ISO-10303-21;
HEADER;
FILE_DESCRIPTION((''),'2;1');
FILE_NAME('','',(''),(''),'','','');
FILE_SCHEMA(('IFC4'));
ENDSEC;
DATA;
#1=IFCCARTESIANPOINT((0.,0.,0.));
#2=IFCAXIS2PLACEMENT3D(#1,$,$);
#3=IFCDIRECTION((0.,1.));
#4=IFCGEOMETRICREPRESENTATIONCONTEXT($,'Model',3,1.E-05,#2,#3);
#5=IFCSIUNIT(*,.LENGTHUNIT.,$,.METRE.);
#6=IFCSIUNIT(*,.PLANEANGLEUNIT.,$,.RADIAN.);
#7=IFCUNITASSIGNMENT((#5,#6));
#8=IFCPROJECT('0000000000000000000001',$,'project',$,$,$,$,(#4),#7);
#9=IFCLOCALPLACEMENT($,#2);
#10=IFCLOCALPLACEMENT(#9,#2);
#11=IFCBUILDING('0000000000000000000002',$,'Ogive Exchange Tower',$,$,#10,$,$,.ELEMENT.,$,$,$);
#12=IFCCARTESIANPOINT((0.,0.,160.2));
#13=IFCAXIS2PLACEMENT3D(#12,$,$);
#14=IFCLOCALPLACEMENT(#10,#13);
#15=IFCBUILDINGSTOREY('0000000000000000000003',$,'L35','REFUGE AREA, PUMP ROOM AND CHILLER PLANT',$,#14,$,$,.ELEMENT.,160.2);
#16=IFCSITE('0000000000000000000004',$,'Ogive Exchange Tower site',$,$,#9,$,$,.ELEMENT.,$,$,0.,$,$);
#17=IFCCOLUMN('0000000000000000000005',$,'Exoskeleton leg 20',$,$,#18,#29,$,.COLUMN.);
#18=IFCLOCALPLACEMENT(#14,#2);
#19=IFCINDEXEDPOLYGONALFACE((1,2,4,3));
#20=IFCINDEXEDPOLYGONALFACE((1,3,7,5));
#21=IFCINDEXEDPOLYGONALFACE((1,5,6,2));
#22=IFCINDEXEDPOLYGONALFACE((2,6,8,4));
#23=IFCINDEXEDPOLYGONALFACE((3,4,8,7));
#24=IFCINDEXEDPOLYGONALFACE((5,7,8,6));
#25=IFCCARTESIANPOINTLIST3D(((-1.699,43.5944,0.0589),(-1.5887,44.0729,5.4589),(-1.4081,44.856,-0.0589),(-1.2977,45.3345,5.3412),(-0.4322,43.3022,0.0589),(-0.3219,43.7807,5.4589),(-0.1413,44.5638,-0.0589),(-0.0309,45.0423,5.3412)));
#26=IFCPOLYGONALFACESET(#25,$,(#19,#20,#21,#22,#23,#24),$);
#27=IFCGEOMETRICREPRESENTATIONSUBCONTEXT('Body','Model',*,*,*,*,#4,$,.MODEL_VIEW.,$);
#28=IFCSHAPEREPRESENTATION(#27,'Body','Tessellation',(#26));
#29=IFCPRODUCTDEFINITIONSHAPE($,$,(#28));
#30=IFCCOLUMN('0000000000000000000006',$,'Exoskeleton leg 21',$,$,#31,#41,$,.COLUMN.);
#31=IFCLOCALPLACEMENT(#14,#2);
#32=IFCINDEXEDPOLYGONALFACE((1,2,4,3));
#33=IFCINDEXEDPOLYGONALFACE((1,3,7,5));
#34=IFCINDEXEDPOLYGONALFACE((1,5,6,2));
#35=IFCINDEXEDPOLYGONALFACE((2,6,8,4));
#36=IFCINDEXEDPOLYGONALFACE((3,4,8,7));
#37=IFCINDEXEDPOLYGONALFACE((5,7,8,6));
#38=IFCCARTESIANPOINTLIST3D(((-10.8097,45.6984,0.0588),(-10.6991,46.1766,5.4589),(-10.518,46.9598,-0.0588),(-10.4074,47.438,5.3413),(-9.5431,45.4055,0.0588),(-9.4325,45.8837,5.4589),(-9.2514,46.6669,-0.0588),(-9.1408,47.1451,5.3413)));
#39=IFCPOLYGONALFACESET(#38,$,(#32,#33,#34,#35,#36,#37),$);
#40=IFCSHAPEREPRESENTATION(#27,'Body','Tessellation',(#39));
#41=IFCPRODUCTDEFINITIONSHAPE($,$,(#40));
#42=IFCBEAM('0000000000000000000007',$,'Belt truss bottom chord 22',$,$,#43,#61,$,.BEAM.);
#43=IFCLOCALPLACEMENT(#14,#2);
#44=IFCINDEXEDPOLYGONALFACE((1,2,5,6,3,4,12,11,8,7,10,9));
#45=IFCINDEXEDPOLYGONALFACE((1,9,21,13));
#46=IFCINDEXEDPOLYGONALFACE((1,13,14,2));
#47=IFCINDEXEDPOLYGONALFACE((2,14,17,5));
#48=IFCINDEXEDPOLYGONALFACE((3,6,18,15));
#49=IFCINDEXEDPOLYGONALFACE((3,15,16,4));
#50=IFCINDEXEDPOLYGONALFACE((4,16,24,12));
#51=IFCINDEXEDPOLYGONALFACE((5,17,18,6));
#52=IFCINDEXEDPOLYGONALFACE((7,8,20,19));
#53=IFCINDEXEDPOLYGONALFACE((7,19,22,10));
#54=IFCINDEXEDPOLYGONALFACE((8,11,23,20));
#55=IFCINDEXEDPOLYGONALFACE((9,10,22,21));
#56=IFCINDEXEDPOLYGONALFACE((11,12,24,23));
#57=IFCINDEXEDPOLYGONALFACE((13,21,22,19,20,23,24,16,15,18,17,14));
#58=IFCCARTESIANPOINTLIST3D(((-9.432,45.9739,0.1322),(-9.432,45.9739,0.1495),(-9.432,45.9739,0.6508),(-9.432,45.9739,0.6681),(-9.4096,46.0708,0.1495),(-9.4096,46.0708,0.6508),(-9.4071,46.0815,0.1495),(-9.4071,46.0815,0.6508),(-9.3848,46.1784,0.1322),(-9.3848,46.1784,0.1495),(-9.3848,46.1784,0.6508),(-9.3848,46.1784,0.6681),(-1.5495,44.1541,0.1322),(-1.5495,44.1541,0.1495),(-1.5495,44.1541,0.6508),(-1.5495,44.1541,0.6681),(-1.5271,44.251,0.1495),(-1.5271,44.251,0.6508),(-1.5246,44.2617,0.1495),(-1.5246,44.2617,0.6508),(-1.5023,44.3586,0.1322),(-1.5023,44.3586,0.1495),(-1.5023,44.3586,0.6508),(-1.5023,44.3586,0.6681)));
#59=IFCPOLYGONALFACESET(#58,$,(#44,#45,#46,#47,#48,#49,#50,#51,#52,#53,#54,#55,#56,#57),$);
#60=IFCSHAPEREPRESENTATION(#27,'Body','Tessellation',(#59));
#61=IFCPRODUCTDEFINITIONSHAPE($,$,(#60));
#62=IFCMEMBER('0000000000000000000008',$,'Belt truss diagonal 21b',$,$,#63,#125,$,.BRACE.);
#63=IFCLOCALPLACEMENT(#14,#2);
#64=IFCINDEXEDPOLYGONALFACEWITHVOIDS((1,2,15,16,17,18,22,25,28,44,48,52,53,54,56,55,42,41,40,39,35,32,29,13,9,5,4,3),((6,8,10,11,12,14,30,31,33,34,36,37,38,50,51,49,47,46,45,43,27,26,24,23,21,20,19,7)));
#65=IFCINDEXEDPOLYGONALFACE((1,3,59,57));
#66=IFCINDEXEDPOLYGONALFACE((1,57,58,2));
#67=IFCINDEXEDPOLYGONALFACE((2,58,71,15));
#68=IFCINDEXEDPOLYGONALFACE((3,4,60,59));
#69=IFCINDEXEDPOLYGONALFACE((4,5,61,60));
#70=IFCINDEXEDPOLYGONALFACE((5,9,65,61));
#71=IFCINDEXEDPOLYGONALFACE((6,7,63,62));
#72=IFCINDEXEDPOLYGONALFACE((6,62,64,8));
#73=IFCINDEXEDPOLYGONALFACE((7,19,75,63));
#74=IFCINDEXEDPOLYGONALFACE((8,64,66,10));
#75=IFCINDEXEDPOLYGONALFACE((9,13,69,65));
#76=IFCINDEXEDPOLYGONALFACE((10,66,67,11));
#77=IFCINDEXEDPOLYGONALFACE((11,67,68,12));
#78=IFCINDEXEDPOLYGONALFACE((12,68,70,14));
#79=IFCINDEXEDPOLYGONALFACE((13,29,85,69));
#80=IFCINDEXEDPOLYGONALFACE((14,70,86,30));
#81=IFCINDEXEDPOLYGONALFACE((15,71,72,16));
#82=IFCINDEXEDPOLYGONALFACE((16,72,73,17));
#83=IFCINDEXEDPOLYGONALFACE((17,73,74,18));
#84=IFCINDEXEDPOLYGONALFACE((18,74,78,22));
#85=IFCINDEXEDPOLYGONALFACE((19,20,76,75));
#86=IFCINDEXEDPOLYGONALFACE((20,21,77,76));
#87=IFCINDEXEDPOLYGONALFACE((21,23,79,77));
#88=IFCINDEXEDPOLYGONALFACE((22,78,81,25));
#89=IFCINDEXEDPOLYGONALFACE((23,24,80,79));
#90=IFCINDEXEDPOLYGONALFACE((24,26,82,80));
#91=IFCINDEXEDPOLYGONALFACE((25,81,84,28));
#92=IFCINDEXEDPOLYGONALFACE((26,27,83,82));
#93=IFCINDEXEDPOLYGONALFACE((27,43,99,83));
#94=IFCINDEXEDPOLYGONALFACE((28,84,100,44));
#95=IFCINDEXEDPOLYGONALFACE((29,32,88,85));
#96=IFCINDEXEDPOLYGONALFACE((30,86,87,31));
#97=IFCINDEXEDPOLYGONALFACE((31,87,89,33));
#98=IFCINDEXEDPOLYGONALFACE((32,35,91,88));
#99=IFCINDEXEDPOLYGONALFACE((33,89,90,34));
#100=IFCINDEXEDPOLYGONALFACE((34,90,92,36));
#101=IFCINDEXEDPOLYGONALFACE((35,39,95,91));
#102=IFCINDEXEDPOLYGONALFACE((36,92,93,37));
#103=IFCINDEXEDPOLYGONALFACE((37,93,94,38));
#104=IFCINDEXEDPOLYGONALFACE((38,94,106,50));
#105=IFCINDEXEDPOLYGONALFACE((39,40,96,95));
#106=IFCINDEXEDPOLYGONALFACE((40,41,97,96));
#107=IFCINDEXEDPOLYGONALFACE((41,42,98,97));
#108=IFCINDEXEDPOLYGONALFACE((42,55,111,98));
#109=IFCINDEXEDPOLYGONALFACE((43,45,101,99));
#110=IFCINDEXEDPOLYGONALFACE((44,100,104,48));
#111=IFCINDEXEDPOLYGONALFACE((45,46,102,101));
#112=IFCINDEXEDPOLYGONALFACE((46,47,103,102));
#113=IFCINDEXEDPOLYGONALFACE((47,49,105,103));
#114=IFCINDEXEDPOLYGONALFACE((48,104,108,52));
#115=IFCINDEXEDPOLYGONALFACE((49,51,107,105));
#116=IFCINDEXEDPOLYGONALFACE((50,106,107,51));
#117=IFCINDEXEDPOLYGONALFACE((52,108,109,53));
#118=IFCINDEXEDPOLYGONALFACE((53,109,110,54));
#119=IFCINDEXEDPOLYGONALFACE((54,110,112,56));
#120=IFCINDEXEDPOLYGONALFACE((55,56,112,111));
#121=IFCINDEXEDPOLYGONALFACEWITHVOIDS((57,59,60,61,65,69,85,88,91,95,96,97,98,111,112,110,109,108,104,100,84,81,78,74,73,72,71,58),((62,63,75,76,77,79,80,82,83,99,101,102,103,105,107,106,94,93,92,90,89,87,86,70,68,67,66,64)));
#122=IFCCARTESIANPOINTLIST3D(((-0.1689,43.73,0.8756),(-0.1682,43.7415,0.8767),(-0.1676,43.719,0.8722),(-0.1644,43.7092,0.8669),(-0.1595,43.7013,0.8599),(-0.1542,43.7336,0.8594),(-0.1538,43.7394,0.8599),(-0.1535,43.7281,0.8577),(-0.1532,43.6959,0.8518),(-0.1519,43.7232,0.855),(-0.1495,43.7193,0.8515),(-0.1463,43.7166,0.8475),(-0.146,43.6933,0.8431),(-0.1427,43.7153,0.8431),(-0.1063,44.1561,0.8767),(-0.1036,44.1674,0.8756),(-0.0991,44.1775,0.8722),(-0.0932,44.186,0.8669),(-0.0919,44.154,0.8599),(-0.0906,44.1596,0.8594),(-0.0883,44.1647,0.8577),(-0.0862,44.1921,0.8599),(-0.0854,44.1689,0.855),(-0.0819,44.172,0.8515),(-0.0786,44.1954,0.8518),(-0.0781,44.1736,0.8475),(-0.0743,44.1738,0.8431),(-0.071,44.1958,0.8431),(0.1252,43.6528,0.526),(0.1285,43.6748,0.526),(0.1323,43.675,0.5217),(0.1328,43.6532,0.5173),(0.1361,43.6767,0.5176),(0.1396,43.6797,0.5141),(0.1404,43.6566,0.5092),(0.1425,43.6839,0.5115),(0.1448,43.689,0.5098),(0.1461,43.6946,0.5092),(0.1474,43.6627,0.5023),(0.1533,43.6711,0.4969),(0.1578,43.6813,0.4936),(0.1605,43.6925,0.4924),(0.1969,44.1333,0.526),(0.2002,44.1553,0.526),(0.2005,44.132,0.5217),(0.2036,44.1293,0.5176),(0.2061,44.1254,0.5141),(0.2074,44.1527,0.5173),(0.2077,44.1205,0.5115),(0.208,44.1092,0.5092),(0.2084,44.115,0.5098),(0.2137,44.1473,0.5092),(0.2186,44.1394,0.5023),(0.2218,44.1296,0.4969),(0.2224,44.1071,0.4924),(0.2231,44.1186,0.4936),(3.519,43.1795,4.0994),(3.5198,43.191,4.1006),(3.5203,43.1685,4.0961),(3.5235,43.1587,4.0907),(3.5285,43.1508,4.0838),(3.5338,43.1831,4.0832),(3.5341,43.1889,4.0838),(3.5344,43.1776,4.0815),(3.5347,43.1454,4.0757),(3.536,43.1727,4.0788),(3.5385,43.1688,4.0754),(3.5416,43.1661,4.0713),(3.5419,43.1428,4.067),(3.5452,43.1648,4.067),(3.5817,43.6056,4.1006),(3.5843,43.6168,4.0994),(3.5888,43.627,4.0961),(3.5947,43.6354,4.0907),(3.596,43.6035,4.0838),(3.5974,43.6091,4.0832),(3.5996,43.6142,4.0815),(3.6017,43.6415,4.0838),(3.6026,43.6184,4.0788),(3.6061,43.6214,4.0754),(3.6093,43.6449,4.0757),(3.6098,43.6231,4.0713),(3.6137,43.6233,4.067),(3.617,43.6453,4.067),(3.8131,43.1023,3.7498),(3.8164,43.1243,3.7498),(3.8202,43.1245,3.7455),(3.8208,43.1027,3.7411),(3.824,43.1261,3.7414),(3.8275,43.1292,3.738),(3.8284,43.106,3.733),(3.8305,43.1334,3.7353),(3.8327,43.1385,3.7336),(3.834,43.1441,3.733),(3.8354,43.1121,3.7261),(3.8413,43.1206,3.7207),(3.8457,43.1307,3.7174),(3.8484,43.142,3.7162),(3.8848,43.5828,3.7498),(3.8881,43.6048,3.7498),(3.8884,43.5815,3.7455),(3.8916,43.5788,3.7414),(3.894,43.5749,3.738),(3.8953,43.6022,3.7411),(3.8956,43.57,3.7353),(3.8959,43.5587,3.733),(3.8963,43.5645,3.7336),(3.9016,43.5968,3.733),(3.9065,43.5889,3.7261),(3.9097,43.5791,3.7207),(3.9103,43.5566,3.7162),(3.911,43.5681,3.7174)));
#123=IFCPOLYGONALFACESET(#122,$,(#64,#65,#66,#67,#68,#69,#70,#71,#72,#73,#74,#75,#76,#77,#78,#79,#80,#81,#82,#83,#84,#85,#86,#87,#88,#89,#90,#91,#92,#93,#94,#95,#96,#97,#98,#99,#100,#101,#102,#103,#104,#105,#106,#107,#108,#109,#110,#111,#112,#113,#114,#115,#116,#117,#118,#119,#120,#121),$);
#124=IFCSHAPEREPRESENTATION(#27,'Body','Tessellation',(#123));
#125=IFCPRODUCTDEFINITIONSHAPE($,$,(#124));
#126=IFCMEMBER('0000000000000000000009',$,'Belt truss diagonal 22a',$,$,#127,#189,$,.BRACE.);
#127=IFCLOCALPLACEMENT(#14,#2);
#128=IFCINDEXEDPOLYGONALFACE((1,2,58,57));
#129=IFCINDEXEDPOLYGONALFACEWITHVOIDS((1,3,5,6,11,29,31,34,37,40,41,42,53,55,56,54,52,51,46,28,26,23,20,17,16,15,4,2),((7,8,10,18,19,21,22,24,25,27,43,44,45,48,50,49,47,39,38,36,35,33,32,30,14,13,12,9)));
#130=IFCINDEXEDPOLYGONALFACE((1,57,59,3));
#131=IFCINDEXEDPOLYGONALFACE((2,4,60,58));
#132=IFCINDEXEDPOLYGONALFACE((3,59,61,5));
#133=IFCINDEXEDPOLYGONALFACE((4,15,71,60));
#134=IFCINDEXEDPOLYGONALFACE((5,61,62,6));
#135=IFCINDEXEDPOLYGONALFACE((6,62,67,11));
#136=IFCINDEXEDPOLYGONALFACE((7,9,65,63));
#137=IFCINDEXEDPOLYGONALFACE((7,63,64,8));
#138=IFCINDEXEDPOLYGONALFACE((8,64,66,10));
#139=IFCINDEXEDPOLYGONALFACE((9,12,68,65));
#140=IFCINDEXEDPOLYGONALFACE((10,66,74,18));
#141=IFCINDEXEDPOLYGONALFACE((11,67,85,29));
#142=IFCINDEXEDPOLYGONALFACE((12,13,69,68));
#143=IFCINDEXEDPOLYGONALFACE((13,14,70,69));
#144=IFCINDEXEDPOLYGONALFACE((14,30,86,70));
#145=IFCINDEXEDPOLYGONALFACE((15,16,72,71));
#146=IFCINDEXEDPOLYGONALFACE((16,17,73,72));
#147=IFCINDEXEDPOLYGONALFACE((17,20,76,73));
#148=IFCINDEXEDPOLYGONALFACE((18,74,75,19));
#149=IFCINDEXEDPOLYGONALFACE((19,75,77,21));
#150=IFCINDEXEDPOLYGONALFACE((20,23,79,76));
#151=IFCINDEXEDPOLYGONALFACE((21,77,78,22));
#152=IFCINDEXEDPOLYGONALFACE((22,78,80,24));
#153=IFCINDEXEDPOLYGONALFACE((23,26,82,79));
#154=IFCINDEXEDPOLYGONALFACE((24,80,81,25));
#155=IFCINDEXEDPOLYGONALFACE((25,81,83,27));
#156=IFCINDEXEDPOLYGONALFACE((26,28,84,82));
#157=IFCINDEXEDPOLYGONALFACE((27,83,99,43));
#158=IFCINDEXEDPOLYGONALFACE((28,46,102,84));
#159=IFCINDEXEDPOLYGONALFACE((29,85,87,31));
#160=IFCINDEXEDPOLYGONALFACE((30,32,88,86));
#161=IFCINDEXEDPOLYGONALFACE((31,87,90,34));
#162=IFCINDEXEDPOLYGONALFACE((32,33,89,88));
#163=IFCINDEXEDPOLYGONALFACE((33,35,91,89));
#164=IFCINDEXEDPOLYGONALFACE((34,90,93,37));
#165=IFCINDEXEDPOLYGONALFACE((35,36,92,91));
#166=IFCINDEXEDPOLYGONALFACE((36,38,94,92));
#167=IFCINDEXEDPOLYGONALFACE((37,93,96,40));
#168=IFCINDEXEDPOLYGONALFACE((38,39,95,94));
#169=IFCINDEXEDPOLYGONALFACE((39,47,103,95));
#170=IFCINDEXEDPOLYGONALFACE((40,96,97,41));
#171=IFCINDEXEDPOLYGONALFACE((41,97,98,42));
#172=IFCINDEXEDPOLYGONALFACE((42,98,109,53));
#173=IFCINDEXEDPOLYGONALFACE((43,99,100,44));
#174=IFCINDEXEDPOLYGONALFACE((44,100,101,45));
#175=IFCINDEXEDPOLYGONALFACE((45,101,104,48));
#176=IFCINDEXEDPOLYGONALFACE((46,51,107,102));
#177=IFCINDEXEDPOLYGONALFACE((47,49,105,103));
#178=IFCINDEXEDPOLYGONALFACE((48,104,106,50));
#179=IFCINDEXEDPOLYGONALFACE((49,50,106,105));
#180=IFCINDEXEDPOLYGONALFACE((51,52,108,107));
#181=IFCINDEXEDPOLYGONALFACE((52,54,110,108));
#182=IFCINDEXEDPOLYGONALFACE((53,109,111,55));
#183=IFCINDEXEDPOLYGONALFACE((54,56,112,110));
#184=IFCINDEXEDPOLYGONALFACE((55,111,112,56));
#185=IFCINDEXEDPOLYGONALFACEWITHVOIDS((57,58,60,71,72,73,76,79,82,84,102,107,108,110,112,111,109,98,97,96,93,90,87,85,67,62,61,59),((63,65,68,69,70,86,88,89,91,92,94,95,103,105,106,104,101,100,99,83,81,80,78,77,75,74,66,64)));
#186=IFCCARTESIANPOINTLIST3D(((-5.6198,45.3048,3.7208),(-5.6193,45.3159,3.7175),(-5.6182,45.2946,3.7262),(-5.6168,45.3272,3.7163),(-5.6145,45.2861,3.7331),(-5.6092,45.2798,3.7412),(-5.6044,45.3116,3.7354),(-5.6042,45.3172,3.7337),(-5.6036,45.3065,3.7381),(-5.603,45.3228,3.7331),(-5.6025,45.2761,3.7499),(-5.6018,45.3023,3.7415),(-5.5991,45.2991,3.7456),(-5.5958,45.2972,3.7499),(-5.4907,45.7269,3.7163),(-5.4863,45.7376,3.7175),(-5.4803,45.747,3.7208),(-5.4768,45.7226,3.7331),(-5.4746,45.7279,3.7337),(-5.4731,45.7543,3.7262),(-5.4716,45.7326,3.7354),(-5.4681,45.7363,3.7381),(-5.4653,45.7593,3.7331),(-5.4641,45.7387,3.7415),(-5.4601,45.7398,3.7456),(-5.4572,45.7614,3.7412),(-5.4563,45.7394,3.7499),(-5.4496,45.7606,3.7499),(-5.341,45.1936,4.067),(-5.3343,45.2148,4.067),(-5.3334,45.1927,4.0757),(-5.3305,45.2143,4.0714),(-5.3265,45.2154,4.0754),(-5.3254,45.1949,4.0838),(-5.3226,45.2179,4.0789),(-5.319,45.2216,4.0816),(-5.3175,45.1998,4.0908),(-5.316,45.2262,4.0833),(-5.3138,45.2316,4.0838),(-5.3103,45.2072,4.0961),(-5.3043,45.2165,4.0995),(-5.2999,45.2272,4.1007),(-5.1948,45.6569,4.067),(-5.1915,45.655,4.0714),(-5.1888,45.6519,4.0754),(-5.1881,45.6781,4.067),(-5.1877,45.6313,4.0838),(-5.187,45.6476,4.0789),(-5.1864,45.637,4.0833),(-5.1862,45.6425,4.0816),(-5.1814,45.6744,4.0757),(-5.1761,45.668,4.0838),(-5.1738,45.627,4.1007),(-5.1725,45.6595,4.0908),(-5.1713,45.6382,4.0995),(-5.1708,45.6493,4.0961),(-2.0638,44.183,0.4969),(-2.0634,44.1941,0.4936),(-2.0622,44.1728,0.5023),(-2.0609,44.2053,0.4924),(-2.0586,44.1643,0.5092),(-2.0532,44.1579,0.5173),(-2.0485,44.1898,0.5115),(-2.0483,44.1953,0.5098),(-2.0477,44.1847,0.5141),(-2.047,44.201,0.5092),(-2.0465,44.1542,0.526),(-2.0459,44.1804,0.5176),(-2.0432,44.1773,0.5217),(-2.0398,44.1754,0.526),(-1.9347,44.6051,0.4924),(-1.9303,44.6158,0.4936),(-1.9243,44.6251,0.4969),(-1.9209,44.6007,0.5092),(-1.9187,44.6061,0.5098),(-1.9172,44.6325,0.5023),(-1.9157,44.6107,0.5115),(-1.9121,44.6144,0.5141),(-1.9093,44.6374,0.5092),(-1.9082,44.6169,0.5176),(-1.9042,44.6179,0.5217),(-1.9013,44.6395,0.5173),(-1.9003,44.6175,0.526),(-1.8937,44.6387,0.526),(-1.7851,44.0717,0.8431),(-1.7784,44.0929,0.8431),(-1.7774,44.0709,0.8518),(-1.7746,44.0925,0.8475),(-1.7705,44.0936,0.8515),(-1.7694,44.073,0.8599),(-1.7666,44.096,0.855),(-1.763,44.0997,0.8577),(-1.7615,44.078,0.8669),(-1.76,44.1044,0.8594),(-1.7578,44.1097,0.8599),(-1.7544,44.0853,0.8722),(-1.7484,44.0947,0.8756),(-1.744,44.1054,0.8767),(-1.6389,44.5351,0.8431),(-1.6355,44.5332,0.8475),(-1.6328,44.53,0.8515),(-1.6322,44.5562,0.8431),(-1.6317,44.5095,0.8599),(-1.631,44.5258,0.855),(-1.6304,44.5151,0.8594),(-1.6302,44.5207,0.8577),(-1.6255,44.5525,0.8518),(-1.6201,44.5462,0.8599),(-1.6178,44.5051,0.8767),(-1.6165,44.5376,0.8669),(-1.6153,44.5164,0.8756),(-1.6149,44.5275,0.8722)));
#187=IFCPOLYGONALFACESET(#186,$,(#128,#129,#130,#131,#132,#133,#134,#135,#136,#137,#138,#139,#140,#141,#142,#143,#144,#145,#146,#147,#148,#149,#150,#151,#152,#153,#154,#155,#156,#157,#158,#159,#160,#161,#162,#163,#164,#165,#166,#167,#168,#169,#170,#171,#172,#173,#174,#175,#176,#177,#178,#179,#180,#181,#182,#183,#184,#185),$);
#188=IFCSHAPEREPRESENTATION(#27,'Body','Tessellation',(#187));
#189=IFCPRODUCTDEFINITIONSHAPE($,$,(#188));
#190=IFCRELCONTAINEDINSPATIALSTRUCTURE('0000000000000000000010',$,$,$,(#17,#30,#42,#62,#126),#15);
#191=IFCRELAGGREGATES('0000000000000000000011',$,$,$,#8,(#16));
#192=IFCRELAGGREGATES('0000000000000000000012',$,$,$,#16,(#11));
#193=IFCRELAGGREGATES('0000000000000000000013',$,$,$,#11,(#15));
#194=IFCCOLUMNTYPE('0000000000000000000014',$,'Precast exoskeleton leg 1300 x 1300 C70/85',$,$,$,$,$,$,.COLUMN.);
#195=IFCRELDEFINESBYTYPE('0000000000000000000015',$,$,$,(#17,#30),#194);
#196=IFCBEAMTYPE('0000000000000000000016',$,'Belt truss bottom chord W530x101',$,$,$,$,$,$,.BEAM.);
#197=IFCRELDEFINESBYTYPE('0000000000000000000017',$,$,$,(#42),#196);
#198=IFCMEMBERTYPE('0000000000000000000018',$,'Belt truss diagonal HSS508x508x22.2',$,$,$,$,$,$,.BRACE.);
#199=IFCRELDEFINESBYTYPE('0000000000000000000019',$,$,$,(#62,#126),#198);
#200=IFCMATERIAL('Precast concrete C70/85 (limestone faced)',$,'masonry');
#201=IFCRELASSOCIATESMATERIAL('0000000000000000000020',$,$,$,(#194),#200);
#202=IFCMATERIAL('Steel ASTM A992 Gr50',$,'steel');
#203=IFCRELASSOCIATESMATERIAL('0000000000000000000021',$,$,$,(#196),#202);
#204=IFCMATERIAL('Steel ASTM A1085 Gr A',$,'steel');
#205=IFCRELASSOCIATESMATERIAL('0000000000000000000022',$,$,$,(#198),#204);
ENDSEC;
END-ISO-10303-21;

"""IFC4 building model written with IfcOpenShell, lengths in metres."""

from ifc_helpers import new_model, si_unit, direction, frame, origin, origin_2d, place, context, subcontext, project, spatial, rectangle, hollow_rectangle, i_section, extrude, material, material_profile, profile_set, type_object, element, save


model = new_model("IFC4")

# Units and contexts
model_context = context("Model", 3, precision=1e-05, world=origin(), true_north=direction((0.0, 1.0)))
body_context = subcontext(model_context, "Body", "Model", "MODEL_VIEW")
ifc_project = project(units=[si_unit("LENGTHUNIT", "METRE"), si_unit("PLANEANGLEUNIT", "RADIAN")], contexts=[model_context])

# Site, building, storey
site_placement = place(None, origin())
site = spatial("IfcSite", under=ifc_project, at=site_placement, Name="Ogive Exchange Tower site", CompositionType="ELEMENT", RefElevation=0.0)
building_placement = place(site_placement, origin())
building = spatial("IfcBuilding", under=site, at=building_placement, Name="Ogive Exchange Tower", CompositionType="ELEMENT")
storey_placement = place(building_placement, frame((0.0, 0.0, 160.2)))
storey = spatial("IfcBuildingStorey", under=building, at=storey_placement, Name="L35", Description="REFUGE AREA, PUMP ROOM AND CHILLER PLANT", CompositionType="ELEMENT", Elevation=160.2)

# Columns
ifc_material_1 = material(Name="Precast concrete C70/85 (limestone faced)", Category="masonry")
ifc_material_profile_1 = material_profile(ifc_material_1, rectangle(XDim=1.3, YDim=1.3, at=origin_2d()), Name="1300 x 1300")
ifc_profile_set_1 = profile_set([ifc_material_profile_1], Name="Precast concrete C70/85 (limestone faced)")
column_type = type_object("IfcColumnType", Name="Precast exoskeleton leg 1300 x 1300 C70/85", PredefinedType="COLUMN", material=ifc_profile_set_1)
for number, where, z_axis, x_axis, name in (
    (1, (-0.9202, 44.0791, 0.0), (0.020351, 0.088247, 0.995891), (-0.974425, 0.224714, 0.0), "Exoskeleton leg 20"),
    (2, (-10.0305, 46.1826, 0.0), (0.020396, 0.088203, 0.995894), (-0.974291, 0.225295, 0.0), "Exoskeleton leg 21"),
):
    element("IfcColumn", number, at=place(storey_placement, frame(where, z_axis=z_axis, x_axis=x_axis)), inside=storey, type_object=column_type, Name=name, PredefinedType="COLUMN", context=body_context, shape_type="SweptSolid", body=[
        extrude(rectangle(XDim=1.3, YDim=1.3, at=origin_2d()), origin(), (0.0, 0.0, 1.0), 5.4224),
    ])

# Beam
ifc_material_2 = material(Name="Steel ASTM A992 Gr50", Category="steel")
ifc_material_profile_2 = material_profile(ifc_material_2, i_section(OverallWidth=0.21, OverallDepth=0.5359, WebThickness=0.011, FlangeThickness=0.0173, at=origin_2d()), Name="W530x101")
ifc_profile_set_2 = profile_set([ifc_material_profile_2], Name="Steel ASTM A992 Gr50")
beam_type_1 = type_object("IfcBeamType", Name="Belt truss bottom chord W530x101", PredefinedType="BEAM", material=ifc_profile_set_2)
beam_1_placement = place(storey_placement, frame((-1.5259, 44.2563, 0.4001), z_axis=(-0.97437, 0.22495, 0.0), x_axis=(-0.22495, -0.97437, 0.0)))
element("IfcBeam", 3, at=beam_1_placement, inside=storey, type_object=beam_type_1, Name="Belt truss bottom chord 22", PredefinedType="BEAM", context=body_context, shape_type="SweptSolid", body=[
    extrude(i_section(OverallWidth=0.21, OverallDepth=0.5359, WebThickness=0.011, FlangeThickness=0.0173, at=origin_2d()), origin(), (0.0, 0.0, 1.0), 8.0898),
])

# Members
ifc_material_3 = material(Name="Steel ASTM A1085 Gr A", Category="steel")
ifc_material_profile_3 = material_profile(ifc_material_3, hollow_rectangle(XDim=0.5081, YDim=0.5081, WallThickness=0.0222, InnerFilletRadius=0.0222, OuterFilletRadius=0.0444, at=origin_2d()), Name="HSS508x508x22.2")
ifc_profile_set_3 = profile_set([ifc_material_profile_3], Name="Steel ASTM A1085 Gr A")
member_type_1 = type_object("IfcMemberType", Name="Belt truss diagonal HSS508x508x22.2", PredefinedType="BRACE", material=ifc_profile_set_3)
for number, where, z_axis, x_axis, name in (
    (4, (0.0271, 43.9243, 0.6846), (0.748181, -0.111687, 0.654027), (0.147642, 0.989041, 0.0), "Belt truss diagonal 21b"),
    (5, (-1.8394, 44.3552, 0.6846), (-0.721406, 0.227591, 0.654045), (-0.300865, -0.953667, 0.0), "Belt truss diagonal 22a"),
):
    element("IfcMember", number, at=place(storey_placement, frame(where, z_axis=z_axis, x_axis=x_axis)), inside=storey, type_object=member_type_1, Name=name, PredefinedType="BRACE", context=body_context, shape_type="SweptSolid", body=[
        extrude(hollow_rectangle(XDim=0.5081, YDim=0.5081, WallThickness=0.0222, InnerFilletRadius=0.0222, OuterFilletRadius=0.0444, at=origin_2d()), origin(), (0.0, 0.0, 1.0), 4.9292),
    ])

save(model, "model.ifc")
